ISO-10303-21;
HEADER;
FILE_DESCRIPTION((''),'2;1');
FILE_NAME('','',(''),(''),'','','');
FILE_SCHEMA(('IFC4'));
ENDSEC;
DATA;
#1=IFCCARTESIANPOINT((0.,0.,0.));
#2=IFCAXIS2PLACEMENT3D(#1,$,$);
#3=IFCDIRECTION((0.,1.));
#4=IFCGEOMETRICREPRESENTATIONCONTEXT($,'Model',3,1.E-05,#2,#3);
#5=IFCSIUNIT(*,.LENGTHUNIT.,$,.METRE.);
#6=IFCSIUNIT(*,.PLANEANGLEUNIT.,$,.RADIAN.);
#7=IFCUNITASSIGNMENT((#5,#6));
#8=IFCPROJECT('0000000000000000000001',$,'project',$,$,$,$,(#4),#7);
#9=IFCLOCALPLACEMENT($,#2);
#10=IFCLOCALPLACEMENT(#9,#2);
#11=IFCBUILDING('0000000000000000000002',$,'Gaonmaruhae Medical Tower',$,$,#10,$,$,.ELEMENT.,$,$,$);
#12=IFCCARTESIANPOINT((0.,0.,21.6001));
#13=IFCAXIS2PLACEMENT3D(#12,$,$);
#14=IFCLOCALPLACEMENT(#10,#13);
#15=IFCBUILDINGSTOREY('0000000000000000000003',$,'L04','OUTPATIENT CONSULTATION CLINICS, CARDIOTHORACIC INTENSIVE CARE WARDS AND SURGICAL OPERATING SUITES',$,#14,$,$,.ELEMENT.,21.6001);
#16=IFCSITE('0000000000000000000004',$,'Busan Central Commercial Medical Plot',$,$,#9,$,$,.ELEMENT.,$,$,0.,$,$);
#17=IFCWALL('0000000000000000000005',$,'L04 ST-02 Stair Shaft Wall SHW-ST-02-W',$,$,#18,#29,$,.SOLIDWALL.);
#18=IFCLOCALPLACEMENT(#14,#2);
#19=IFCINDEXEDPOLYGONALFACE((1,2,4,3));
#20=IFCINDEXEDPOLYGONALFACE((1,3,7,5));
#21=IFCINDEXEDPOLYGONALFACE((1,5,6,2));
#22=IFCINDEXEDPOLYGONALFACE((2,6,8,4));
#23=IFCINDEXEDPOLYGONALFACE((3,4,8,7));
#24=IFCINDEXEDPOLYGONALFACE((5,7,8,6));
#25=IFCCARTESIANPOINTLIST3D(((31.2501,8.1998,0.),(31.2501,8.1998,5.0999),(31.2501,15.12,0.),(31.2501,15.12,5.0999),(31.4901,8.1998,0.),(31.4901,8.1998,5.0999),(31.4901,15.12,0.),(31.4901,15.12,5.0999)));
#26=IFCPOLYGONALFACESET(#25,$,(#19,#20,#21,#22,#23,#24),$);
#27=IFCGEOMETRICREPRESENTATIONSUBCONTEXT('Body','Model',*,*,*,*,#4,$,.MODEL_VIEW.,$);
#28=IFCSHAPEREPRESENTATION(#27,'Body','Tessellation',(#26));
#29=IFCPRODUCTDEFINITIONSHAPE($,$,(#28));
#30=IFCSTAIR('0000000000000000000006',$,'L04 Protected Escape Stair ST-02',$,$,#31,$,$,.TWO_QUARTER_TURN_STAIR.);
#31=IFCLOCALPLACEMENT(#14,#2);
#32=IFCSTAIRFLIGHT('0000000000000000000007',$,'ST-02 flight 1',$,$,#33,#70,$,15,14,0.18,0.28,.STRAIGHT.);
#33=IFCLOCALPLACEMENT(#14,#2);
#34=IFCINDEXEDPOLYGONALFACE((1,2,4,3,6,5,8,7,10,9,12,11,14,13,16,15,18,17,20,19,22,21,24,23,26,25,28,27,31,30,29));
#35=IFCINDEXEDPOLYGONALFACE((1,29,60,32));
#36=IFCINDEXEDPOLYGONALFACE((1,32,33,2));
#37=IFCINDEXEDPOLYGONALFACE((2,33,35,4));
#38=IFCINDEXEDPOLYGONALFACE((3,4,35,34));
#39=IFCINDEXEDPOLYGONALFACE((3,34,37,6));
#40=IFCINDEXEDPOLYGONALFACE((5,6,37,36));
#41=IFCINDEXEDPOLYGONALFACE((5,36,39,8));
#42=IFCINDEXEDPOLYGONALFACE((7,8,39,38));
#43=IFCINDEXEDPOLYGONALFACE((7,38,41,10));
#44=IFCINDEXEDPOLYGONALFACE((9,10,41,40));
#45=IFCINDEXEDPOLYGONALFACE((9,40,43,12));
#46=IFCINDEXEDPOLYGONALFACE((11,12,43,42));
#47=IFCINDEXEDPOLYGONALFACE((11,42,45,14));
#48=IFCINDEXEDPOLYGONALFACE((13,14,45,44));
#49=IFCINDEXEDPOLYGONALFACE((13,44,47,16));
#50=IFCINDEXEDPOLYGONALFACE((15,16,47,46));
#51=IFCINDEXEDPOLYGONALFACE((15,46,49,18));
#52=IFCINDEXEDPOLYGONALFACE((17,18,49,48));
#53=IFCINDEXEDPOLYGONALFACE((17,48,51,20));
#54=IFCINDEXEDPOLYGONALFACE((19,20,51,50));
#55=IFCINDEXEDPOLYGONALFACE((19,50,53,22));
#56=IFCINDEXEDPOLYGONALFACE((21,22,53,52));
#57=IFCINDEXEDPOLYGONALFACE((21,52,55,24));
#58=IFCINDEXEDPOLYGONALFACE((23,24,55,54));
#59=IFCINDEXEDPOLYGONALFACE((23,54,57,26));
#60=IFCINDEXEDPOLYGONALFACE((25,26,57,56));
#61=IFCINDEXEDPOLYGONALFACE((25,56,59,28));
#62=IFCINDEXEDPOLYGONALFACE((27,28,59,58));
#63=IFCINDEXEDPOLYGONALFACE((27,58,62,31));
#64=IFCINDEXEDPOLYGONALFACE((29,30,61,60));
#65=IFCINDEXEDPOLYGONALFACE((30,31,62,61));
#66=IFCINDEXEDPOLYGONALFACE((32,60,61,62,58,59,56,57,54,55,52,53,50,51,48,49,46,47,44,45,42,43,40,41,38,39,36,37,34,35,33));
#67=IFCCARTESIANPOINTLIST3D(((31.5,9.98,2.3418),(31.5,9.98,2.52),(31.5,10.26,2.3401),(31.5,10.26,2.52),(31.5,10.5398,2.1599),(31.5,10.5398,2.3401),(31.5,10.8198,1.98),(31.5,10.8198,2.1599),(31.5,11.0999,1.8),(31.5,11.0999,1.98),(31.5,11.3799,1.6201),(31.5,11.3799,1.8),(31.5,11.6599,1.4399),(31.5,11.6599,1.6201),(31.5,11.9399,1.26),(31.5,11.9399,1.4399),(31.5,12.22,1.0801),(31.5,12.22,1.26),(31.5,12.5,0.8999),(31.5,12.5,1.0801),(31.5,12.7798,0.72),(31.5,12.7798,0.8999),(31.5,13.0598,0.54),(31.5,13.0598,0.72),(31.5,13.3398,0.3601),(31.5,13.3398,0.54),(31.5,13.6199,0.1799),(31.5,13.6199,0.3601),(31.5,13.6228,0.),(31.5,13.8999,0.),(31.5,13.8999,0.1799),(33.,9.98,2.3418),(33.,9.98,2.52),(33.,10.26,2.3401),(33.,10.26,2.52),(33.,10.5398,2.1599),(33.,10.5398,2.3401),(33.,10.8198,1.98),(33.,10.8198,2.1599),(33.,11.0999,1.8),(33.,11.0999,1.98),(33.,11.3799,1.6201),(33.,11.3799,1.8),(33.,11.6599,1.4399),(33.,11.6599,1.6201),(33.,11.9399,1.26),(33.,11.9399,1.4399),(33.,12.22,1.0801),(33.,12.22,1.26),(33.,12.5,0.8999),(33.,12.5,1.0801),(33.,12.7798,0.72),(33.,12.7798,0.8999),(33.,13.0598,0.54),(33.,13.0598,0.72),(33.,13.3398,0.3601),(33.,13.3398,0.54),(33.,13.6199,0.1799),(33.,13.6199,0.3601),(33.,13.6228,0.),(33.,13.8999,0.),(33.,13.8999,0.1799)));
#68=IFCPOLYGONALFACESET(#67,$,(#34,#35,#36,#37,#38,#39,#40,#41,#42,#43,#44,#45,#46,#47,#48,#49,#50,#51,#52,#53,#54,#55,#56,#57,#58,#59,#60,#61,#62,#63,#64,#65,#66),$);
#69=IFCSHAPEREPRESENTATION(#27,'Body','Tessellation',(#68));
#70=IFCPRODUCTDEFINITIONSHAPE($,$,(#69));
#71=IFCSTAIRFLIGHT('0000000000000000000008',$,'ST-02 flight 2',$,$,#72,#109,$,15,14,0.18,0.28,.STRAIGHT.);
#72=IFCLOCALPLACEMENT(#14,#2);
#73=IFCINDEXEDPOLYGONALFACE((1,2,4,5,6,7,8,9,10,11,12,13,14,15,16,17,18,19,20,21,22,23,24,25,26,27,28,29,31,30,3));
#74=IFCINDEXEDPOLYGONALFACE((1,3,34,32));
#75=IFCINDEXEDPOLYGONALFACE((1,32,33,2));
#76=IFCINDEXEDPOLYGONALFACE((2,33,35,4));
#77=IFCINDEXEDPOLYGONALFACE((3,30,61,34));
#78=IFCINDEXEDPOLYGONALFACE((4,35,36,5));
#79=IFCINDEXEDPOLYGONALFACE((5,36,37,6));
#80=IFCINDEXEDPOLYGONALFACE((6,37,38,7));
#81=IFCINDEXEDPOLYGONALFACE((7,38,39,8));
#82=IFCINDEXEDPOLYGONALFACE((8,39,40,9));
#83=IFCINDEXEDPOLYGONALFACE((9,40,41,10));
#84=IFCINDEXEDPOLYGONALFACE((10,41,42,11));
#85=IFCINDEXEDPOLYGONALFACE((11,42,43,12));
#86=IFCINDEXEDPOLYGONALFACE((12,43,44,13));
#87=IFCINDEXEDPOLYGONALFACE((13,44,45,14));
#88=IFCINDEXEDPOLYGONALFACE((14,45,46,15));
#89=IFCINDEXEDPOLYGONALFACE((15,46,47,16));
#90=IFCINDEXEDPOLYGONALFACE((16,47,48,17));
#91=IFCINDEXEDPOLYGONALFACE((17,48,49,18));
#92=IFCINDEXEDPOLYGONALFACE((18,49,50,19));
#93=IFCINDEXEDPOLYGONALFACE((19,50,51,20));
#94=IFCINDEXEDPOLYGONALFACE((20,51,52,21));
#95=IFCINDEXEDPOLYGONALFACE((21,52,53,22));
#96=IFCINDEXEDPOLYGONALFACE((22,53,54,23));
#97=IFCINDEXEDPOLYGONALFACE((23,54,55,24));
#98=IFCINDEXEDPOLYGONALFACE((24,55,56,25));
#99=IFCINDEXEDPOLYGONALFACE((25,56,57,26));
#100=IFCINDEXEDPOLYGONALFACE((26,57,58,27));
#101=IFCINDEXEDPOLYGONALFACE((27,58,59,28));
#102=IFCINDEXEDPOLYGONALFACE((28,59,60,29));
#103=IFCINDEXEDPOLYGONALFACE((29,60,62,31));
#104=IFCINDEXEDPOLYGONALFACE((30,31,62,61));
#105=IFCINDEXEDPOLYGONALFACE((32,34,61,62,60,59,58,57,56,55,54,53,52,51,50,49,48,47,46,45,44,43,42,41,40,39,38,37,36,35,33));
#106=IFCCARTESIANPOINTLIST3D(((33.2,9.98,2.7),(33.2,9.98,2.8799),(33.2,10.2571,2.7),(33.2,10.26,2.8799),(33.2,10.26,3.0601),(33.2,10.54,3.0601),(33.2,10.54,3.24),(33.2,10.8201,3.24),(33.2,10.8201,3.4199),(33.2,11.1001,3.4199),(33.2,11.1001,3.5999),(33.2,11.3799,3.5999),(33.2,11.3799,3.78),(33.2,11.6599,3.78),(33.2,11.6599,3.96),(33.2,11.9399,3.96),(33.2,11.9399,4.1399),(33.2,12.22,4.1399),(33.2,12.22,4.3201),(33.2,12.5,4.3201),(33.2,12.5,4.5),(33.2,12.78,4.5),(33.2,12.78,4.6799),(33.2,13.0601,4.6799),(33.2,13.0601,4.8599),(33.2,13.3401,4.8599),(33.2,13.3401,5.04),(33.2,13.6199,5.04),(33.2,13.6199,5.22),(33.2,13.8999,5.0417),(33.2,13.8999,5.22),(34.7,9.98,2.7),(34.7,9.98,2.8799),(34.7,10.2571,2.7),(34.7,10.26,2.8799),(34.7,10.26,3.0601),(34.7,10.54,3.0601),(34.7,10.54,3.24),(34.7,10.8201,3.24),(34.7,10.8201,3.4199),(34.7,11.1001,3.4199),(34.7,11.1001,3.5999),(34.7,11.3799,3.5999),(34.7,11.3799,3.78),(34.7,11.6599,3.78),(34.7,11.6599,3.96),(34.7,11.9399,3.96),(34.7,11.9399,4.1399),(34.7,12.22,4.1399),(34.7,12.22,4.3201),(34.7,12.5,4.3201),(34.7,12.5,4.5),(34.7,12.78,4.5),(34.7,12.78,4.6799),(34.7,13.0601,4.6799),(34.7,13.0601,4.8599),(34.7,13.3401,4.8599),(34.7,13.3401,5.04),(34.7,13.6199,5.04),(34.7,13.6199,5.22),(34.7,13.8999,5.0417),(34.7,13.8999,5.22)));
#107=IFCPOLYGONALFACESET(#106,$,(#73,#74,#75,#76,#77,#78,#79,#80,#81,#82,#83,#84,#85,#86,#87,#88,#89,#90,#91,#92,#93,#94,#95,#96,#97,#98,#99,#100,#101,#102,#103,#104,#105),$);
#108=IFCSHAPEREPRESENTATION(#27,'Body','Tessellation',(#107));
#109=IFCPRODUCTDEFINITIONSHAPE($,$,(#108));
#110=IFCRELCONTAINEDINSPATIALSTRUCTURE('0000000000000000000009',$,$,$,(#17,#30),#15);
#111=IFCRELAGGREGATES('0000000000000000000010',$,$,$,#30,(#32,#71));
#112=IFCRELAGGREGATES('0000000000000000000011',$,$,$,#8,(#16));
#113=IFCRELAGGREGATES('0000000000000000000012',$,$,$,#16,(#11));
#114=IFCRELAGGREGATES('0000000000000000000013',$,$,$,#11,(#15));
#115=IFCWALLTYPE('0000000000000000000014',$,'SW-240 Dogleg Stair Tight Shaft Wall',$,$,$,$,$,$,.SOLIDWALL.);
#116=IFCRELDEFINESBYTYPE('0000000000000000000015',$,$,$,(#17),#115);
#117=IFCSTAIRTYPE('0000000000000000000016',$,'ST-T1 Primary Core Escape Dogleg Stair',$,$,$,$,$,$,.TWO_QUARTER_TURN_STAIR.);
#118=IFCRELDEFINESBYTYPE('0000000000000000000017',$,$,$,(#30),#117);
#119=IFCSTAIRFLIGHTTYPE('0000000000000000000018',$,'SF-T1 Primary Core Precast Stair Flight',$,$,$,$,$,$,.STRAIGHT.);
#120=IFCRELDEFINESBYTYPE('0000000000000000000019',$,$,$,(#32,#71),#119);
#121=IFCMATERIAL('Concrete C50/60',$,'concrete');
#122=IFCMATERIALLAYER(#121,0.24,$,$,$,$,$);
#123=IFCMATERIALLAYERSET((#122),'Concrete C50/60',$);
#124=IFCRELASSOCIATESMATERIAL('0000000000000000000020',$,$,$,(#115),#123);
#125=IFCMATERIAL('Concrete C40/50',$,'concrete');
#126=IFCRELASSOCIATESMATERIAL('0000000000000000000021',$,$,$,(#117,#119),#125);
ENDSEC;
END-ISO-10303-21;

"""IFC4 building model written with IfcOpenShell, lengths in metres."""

from ifc_helpers import new_model, si_unit, direction, frame, frame_2d, origin, place, context, subcontext, project, spatial, polyline, rectangle, outline, extrude, material, layer, layer_set, type_object, element, aggregate, save


model = new_model("IFC4")

# Units and contexts
model_context = context("Model", 3, precision=1e-05, world=origin(), true_north=direction((0.0, 1.0)))
body_context = subcontext(model_context, "Body", "Model", "MODEL_VIEW")
ifc_project = project(units=[si_unit("LENGTHUNIT", "METRE"), si_unit("PLANEANGLEUNIT", "RADIAN")], contexts=[model_context])

# Site, building, storey
site_placement = place(None, origin())
site = spatial("IfcSite", under=ifc_project, at=site_placement, Name="Busan Central Commercial Medical Plot", CompositionType="ELEMENT", RefElevation=0.0)
building_placement = place(site_placement, origin())
building = spatial("IfcBuilding", under=site, at=building_placement, Name="Gaonmaruhae Medical Tower", CompositionType="ELEMENT")
storey_placement = place(building_placement, frame((0.0, 0.0, 21.6001)))
storey = spatial("IfcBuildingStorey", under=building, at=storey_placement, Name="L04", Description="OUTPATIENT CONSULTATION CLINICS, CARDIOTHORACIC INTENSIVE CARE WARDS AND SURGICAL OPERATING SUITES", CompositionType="ELEMENT", Elevation=21.6001)

# Shared definitions
ifc_material_1 = material(Name="Concrete C50/60", Category="concrete")

# Wall
ifc_layer_1 = layer(ifc_material_1, 0.24)
ifc_layer_set_1 = layer_set([ifc_layer_1], Name="Concrete C50/60")
wall_type_1 = type_object("IfcWallType", Name="SW-240 Dogleg Stair Tight Shaft Wall", PredefinedType="SOLIDWALL", material=ifc_layer_set_1)
wall_1_placement = place(storey_placement, frame((31.3701, 8.2, 0.0), z_axis=(0.0, 0.0, 1.0), x_axis=(0.0, 1.0, 0.0)))
element("IfcWall", 1, at=wall_1_placement, inside=storey, type_object=wall_type_1, Name="L04 ST-02 Stair Shaft Wall SHW-ST-02-W", PredefinedType="SOLIDWALL", context=body_context, shape_type="SweptSolid", body=[
    extrude(rectangle(XDim=6.9202, YDim=0.24, at=frame_2d((3.46, 0.0))), origin(), (0.0, 0.0, 1.0), 5.0999),
])

# Stair, stair flights
ifc_material_2 = material(Name="Concrete C40/50", Category="concrete")
stair_type = type_object("IfcStairType", Name="ST-T1 Primary Core Escape Dogleg Stair", PredefinedType="TWO_QUARTER_TURN_STAIR", material=ifc_material_2)
stair_placement = place(storey_placement, origin())
stair = element("IfcStair", 2, at=stair_placement, inside=storey, type_object=stair_type, Name="L04 Protected Escape Stair ST-02", PredefinedType="TWO_QUARTER_TURN_STAIR")
stair_flight_type = type_object("IfcStairFlightType", Name="SF-T1 Primary Core Precast Stair Flight", PredefinedType="STRAIGHT", material=ifc_material_2)
stair_flight_1_placement = place(storey_placement, frame((32.25, 13.8999, 0.0), z_axis=(0.0, 0.0, 1.0), x_axis=(0.0, -1.0, 0.0)))
stair_flight_1 = element("IfcStairFlight", 3, at=stair_flight_1_placement, type_object=stair_flight_type, Name="ST-02 flight 1", NumberOfRisers=15, NumberOfTreads=14, PredefinedType="STRAIGHT", RiserHeight=0.18, TreadLength=0.28, context=body_context, shape_type="SweptSolid", body=[
    extrude(outline(polyline([(0.0, 0.0), (0.0, 0.1799), (0.28, 0.1799), (0.28, 0.3601), (0.5601, 0.3601), (0.5601, 0.54), (0.8401, 0.54), (0.8401, 0.72), (1.1201, 0.72), (1.1201, 0.8999), (1.3999, 0.8999), (1.3999, 1.0801), (1.6799, 1.0801), (1.6799, 1.26), (1.96, 1.26), (1.96, 1.4399), (2.24, 1.4399), (2.24, 1.6201), (2.52, 1.6201), (2.52, 1.8), (2.8, 1.8), (2.8, 1.98), (3.0801, 1.98), (3.0801, 2.1599), (3.3601, 2.1599), (3.3601, 2.3401), (3.6399, 2.3401), (3.6399, 2.52), (3.9199, 2.52), (3.9199, 2.7), (3.9199, 2.3418), (0.2771, 0.0), (0.0, 0.0)])), frame((0.0, 0.75, 0.0), z_axis=(0.0, -1.0, 0.0), x_axis=(1.0, 0.0, 0.0)), (0.0, 0.0, 1.0), 1.5),
])
stair_flight_2_placement = place(storey_placement, frame((33.95, 9.98, 2.7), z_axis=(0.0, 0.0, 1.0), x_axis=(0.0, 1.0, 0.0)))
stair_flight_2 = element("IfcStairFlight", 4, at=stair_flight_2_placement, type_object=stair_flight_type, Name="ST-02 flight 2", NumberOfRisers=15, NumberOfTreads=14, PredefinedType="STRAIGHT", RiserHeight=0.18, TreadLength=0.28, context=body_context, shape_type="SweptSolid", body=[
    extrude(outline(polyline([(0.0, 0.0), (0.0, 0.1799), (0.28, 0.1799), (0.28, 0.3601), (0.5601, 0.3601), (0.5601, 0.54), (0.8401, 0.54), (0.8401, 0.72), (1.1201, 0.72), (1.1201, 0.8999), (1.3999, 0.8999), (1.3999, 1.0801), (1.6799, 1.0801), (1.6799, 1.26), (1.96, 1.26), (1.96, 1.4399), (2.24, 1.4399), (2.24, 1.6201), (2.52, 1.6201), (2.52, 1.8), (2.8, 1.8), (2.8, 1.98), (3.0801, 1.98), (3.0801, 2.1599), (3.3601, 2.1599), (3.3601, 2.3401), (3.6399, 2.3401), (3.6399, 2.52), (3.9199, 2.52), (3.9199, 2.7), (3.9199, 2.3418), (0.2771, 0.0), (0.0, 0.0)])), frame((0.0, 0.75, 0.0), z_axis=(0.0, -1.0, 0.0), x_axis=(1.0, 0.0, 0.0)), (0.0, 0.0, 1.0), 1.5),
])
aggregate(stair, [stair_flight_1, stair_flight_2])

save(model, "model.ifc")
